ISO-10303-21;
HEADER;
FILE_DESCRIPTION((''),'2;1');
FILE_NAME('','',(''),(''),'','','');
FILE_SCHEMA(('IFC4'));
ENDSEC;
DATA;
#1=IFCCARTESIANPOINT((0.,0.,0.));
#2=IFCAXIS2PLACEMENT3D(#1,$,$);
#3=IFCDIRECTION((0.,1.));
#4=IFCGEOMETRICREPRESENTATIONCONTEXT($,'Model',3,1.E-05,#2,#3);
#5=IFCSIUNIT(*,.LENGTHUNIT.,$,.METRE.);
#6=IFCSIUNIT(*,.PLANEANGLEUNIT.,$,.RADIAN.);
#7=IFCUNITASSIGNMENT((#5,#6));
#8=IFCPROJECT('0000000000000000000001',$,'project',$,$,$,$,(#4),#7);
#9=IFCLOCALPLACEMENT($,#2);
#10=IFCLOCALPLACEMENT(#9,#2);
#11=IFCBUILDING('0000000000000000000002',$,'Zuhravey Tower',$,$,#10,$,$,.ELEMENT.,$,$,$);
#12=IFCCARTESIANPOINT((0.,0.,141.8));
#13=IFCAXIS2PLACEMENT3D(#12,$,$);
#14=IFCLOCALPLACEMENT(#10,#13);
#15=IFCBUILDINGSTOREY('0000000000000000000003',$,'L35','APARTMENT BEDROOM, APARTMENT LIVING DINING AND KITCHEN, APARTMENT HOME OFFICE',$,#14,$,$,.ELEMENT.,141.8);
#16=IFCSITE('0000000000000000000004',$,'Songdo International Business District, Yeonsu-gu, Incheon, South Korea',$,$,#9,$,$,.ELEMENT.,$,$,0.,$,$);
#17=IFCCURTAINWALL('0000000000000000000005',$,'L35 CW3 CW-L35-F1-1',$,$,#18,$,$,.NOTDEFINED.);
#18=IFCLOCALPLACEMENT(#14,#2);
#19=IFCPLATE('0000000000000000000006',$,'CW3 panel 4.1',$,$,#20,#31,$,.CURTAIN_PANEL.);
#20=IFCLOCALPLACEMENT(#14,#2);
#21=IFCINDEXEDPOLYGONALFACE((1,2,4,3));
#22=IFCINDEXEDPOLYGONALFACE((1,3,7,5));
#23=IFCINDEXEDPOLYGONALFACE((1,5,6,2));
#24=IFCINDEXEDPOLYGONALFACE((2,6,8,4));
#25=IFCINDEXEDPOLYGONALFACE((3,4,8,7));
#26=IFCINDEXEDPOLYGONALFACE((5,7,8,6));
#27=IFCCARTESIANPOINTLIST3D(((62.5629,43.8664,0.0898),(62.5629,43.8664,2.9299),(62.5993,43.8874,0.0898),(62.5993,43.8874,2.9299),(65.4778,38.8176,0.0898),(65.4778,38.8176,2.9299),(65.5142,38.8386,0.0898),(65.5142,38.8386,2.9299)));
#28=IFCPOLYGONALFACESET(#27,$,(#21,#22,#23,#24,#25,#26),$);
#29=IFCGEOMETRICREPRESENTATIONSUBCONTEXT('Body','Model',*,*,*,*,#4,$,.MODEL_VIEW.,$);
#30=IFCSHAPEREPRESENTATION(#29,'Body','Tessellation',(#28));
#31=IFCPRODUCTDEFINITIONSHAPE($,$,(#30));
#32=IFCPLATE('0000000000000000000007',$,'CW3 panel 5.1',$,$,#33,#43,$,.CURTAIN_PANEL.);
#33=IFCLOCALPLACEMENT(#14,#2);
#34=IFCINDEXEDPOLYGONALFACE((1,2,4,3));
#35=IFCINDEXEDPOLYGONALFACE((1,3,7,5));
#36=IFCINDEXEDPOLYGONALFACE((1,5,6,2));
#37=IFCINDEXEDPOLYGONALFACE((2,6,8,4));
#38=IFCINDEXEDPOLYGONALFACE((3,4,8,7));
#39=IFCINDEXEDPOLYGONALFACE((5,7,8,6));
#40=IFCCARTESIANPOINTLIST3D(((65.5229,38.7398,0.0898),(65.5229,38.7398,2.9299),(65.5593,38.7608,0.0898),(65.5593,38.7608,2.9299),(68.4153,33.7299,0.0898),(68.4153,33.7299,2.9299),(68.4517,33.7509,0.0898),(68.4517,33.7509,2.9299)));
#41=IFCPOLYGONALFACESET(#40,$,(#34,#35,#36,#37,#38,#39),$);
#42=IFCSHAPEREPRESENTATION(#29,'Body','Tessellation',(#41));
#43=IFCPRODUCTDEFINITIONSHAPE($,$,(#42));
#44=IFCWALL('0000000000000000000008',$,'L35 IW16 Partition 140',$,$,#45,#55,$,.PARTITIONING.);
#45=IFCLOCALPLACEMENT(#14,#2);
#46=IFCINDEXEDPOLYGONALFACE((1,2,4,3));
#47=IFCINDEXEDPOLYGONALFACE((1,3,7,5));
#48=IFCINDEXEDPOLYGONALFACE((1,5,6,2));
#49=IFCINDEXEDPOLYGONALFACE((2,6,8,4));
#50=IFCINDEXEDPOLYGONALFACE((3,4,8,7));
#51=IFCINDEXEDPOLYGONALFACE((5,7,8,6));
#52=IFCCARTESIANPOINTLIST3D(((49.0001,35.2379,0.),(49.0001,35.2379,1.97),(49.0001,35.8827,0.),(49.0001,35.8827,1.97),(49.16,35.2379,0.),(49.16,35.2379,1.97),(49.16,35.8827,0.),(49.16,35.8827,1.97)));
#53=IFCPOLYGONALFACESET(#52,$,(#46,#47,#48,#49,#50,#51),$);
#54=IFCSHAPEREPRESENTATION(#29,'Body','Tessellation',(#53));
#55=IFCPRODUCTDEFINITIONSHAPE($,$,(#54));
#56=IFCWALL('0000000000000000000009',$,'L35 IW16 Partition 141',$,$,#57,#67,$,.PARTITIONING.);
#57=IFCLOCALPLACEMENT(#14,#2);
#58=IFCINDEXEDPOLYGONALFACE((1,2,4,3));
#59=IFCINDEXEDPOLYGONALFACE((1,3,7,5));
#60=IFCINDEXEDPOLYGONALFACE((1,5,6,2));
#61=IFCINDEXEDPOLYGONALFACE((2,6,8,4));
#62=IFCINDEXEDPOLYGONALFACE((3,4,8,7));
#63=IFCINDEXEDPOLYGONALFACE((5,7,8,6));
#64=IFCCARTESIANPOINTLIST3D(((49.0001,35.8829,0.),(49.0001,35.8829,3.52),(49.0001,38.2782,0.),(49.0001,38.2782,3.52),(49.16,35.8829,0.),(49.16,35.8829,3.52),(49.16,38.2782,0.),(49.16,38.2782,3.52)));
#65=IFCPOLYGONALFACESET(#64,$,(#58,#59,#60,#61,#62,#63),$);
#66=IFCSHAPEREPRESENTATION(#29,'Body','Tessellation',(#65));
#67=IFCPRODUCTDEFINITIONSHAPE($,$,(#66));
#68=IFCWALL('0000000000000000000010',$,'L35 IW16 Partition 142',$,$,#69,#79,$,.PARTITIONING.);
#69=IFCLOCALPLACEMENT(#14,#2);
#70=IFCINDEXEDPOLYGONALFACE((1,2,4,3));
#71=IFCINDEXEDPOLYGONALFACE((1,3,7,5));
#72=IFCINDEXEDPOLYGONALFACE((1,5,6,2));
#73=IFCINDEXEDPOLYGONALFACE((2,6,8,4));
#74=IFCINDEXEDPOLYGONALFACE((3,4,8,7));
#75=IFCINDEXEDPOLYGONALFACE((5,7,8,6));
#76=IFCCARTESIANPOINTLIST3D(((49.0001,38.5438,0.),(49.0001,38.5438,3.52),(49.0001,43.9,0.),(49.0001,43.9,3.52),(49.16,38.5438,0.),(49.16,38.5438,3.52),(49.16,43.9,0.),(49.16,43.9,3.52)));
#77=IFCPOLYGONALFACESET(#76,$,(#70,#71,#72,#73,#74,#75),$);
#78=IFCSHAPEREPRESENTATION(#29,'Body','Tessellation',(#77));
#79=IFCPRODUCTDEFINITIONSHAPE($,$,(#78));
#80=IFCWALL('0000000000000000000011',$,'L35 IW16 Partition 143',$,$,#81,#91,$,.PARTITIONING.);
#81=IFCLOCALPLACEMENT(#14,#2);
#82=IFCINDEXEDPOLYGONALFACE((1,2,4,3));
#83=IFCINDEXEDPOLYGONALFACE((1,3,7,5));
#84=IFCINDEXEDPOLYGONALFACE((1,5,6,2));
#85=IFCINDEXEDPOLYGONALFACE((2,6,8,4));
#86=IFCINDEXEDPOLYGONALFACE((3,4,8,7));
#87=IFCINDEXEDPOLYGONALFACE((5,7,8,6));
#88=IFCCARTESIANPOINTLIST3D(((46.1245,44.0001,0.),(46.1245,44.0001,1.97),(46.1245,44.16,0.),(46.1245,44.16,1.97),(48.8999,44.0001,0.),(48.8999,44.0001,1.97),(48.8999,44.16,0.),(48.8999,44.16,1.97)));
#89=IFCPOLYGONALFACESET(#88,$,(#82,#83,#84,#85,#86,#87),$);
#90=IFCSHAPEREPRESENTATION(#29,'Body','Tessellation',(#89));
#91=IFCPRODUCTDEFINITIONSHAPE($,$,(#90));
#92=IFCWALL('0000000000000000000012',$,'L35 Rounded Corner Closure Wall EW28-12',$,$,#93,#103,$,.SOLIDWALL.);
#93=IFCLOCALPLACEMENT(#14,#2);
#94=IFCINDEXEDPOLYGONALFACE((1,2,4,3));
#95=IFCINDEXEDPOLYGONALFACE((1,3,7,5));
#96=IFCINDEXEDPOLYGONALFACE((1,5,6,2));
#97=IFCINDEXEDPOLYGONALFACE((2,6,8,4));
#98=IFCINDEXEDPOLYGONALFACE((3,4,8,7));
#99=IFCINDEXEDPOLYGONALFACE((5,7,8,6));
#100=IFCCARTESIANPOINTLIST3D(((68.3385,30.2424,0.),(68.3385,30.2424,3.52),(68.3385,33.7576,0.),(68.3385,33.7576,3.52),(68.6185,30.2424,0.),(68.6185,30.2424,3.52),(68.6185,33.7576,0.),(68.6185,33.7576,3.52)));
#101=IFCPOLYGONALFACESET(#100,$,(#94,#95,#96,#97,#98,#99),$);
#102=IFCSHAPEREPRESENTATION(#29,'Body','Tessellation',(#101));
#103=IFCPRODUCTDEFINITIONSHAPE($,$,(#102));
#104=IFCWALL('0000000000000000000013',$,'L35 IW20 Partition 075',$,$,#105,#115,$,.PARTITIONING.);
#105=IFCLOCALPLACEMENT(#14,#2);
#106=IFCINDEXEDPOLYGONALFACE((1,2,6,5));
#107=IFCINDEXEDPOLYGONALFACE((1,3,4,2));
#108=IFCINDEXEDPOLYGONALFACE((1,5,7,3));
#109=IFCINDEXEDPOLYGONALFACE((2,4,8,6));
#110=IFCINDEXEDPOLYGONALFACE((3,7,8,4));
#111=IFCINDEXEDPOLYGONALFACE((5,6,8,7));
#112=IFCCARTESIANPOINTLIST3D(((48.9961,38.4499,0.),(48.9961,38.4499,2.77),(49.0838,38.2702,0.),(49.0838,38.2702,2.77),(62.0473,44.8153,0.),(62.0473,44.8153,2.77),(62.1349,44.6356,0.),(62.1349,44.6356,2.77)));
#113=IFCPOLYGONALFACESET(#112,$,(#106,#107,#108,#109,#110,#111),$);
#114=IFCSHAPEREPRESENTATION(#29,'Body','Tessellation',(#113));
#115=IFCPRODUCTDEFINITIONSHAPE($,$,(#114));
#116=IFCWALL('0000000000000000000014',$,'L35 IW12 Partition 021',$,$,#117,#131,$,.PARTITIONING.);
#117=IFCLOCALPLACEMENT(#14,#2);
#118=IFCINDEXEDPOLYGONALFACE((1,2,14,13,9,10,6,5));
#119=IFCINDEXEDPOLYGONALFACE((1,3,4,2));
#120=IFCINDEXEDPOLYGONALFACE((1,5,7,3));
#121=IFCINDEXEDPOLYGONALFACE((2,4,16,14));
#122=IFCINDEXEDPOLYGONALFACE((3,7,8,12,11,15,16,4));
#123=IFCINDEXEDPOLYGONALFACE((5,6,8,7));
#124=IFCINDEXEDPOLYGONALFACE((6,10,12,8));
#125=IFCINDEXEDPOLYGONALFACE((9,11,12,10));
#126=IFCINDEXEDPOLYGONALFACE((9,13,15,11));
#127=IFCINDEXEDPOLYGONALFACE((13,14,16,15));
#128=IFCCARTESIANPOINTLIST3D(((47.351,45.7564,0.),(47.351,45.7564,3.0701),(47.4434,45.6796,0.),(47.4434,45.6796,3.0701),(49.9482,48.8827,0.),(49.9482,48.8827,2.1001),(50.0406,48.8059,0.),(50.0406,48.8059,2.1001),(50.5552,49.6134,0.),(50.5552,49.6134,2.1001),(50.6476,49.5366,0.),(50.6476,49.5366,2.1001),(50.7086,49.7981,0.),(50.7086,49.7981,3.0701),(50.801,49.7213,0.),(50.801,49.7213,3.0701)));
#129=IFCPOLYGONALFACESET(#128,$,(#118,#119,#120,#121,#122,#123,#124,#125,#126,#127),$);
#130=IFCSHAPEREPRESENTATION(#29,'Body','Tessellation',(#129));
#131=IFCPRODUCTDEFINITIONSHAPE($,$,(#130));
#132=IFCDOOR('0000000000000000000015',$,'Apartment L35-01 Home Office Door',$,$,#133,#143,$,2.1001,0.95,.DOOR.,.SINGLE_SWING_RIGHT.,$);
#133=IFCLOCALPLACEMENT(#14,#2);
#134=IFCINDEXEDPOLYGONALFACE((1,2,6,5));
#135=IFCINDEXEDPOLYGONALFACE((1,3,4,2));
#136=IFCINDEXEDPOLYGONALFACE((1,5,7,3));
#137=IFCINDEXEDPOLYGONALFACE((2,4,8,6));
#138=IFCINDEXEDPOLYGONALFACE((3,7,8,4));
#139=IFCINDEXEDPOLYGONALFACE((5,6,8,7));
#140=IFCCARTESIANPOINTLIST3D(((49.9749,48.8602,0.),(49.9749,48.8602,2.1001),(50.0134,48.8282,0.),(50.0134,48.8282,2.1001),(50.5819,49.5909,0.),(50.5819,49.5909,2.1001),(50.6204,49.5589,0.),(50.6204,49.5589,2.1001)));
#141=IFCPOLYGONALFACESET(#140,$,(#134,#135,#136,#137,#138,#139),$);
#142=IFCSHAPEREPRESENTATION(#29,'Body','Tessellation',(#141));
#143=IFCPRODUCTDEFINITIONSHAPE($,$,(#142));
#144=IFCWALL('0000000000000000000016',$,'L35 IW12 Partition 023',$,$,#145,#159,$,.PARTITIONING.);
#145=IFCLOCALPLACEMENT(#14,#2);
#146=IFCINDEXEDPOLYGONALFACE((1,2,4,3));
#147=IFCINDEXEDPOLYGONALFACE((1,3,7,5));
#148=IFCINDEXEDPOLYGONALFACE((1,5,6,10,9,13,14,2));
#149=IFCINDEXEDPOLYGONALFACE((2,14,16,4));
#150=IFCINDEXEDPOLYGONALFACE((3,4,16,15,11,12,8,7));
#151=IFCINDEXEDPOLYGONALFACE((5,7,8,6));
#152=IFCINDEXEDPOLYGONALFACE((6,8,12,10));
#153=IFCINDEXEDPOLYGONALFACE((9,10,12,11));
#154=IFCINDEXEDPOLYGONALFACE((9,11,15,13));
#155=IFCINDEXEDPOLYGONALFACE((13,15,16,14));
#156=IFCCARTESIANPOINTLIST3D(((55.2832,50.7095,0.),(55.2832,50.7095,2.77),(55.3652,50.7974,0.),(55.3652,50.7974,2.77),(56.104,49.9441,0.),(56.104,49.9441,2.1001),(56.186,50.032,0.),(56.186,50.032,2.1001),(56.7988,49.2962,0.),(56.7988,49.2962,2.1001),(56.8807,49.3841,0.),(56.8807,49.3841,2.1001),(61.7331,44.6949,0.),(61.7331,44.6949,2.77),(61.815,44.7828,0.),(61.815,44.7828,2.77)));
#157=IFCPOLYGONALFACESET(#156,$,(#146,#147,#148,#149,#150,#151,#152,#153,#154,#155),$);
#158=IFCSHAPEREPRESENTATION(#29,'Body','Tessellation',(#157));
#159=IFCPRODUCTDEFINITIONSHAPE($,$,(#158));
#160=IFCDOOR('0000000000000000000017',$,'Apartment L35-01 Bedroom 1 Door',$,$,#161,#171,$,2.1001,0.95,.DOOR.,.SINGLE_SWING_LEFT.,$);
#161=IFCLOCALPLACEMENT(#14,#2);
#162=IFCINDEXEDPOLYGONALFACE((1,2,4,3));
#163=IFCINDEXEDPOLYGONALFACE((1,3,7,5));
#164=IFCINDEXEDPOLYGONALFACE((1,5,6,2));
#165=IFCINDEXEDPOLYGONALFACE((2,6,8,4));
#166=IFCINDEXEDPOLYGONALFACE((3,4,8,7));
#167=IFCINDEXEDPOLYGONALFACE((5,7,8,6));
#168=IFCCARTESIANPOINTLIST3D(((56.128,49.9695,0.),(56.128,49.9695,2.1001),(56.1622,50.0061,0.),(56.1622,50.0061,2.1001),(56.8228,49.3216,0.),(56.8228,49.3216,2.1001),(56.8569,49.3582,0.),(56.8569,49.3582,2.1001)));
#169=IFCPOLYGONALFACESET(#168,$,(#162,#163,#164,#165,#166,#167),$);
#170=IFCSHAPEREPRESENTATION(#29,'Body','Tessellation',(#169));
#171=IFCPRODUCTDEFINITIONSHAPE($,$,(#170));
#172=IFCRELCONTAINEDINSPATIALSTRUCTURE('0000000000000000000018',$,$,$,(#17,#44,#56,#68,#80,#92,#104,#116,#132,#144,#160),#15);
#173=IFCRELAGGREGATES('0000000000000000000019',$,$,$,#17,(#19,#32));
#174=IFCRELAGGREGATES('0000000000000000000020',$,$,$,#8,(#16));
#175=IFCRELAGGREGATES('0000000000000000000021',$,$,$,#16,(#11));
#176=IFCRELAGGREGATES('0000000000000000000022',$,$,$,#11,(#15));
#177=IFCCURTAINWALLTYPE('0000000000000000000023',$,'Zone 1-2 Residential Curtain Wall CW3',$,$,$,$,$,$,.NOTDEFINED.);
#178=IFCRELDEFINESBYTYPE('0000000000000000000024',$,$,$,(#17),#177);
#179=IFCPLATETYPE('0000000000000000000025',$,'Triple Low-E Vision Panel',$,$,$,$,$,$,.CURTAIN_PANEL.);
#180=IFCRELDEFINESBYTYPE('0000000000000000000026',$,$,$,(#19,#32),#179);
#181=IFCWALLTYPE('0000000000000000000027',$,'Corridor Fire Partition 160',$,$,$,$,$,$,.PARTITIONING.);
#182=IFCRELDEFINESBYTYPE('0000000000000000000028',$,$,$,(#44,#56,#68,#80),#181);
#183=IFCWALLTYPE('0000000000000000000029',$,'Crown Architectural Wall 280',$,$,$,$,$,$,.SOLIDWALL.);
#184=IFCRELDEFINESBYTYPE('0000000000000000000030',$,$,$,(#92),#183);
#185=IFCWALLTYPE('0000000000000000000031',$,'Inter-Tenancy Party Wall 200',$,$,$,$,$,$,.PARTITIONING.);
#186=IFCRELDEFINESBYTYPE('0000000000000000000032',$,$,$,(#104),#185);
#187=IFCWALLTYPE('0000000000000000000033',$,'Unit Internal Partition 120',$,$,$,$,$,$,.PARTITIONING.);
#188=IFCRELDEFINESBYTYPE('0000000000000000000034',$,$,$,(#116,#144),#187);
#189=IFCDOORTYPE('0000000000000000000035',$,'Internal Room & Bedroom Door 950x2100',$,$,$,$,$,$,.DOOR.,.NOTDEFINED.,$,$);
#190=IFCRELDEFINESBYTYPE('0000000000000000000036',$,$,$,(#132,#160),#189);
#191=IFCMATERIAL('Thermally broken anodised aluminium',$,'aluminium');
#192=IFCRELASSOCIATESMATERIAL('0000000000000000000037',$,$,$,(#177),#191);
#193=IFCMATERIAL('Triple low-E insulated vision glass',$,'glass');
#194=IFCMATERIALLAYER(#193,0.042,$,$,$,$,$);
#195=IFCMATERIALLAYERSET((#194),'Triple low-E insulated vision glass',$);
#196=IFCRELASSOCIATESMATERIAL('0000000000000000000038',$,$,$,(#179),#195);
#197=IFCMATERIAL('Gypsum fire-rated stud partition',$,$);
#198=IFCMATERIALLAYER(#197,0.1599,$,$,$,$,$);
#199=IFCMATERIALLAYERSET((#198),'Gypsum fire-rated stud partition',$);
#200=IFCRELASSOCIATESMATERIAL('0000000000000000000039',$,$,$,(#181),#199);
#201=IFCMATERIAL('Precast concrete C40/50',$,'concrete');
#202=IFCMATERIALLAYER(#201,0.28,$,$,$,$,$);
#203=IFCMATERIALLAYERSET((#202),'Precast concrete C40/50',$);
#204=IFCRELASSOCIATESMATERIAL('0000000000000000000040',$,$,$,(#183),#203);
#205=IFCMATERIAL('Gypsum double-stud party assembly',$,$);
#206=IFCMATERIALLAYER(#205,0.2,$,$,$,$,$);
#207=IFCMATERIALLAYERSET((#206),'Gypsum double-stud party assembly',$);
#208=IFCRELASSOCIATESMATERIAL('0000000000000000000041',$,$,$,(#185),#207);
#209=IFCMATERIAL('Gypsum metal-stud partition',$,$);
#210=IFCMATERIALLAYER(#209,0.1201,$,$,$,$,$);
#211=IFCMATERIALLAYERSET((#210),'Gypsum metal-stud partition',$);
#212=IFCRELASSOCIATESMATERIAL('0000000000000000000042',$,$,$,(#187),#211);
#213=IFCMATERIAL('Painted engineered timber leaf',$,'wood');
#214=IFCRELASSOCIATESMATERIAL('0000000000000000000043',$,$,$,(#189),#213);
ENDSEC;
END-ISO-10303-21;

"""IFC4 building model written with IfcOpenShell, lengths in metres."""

from ifc_helpers import new_model, si_unit, direction, frame, frame_2d, origin, origin_2d, place, context, subcontext, project, spatial, rectangle, extrude, material, layer, layer_set, type_object, element, fill, aggregate, save


model = new_model("IFC4")

# Units and contexts
model_context = context("Model", 3, precision=1e-05, world=origin(), true_north=direction((0.0, 1.0)))
body_context = subcontext(model_context, "Body", "Model", "MODEL_VIEW")
ifc_project = project(units=[si_unit("LENGTHUNIT", "METRE"), si_unit("PLANEANGLEUNIT", "RADIAN")], contexts=[model_context])

# Site, building, storey
site_placement = place(None, origin())
site = spatial("IfcSite", under=ifc_project, at=site_placement, Name="Songdo International Business District, Yeonsu-gu, Incheon, South Korea", CompositionType="ELEMENT", RefElevation=0.0)
building_placement = place(site_placement, origin())
building = spatial("IfcBuilding", under=site, at=building_placement, Name="Zuhravey Tower", CompositionType="ELEMENT")
storey_placement = place(building_placement, frame((0.0, 0.0, 141.8)))
storey = spatial("IfcBuildingStorey", under=building, at=storey_placement, Name="L35", Description="APARTMENT BEDROOM, APARTMENT LIVING DINING AND KITCHEN, APARTMENT HOME OFFICE", CompositionType="ELEMENT", Elevation=141.8)

# Curtain wall
ifc_material_1 = material(Name="Thermally broken anodised aluminium", Category="aluminium")
curtain_wall_type = type_object("IfcCurtainWallType", Name="Zone 1-2 Residential Curtain Wall CW3", PredefinedType="NOTDEFINED", material=ifc_material_1)
curtain_wall_placement = place(storey_placement, origin())
curtain_wall = element("IfcCurtainWall", 1, at=curtain_wall_placement, inside=storey, type_object=curtain_wall_type, Name="L35 CW3 CW-L35-F1-1", PredefinedType="NOTDEFINED")

# Plates
ifc_material_2 = material(Name="Triple low-E insulated vision glass", Category="glass")
ifc_layer_1 = layer(ifc_material_2, 0.042)
ifc_layer_set_1 = layer_set([ifc_layer_1], Name="Triple low-E insulated vision glass")
plate_type_1 = type_object("IfcPlateType", Name="Triple Low-E Vision Panel", PredefinedType="CURTAIN_PANEL", material=ifc_layer_set_1)
plate_1_placement = place(storey_placement, frame((64.0386, 41.3525, 0.0898), z_axis=(0.0, 0.0, 1.0), x_axis=(0.5, -0.866026, 0.0)))
plate_1 = element("IfcPlate", 2, at=plate_1_placement, type_object=plate_type_1, Name="CW3 panel 4.1", PredefinedType="CURTAIN_PANEL", context=body_context, shape_type="SweptSolid", body=[
    extrude(rectangle(XDim=5.8298, YDim=0.042, at=origin_2d()), origin(), (0.0, 0.0, 1.0), 2.8401),
])
plate_2_placement = place(storey_placement, frame((66.9873, 36.2454, 0.0898), z_axis=(0.0, 0.0, 1.0), x_axis=(0.5, -0.866026, 0.0)))
plate_2 = element("IfcPlate", 3, at=plate_2_placement, type_object=plate_type_1, Name="CW3 panel 5.1", PredefinedType="CURTAIN_PANEL", context=body_context, shape_type="SweptSolid", body=[
    extrude(rectangle(XDim=5.7849, YDim=0.042, at=origin_2d()), origin(), (0.0, 0.0, 1.0), 2.8401),
])
aggregate(curtain_wall, [plate_1, plate_2])

# Walls
ifc_material_3 = material(Name="Gypsum fire-rated stud partition")
ifc_layer_2 = layer(ifc_material_3, 0.1599)
ifc_layer_set_2 = layer_set([ifc_layer_2], Name="Gypsum fire-rated stud partition")
wall_type_1 = type_object("IfcWallType", Name="Corridor Fire Partition 160", PredefinedType="PARTITIONING", material=ifc_layer_set_2)
wall_1_placement = place(storey_placement, frame((49.0801, 35.238, 0.0), z_axis=(0.0, 0.0, 1.0), x_axis=(0.0, 1.0, 0.0)))
element("IfcWall", 4, at=wall_1_placement, inside=storey, type_object=wall_type_1, Name="L35 IW16 Partition 140", PredefinedType="PARTITIONING", context=body_context, shape_type="SweptSolid", body=[
    extrude(rectangle(XDim=0.6448, YDim=0.1599, at=frame_2d((0.3223, 0.0))), origin(), (0.0, 0.0, 1.0), 1.97),
])
wall_2_placement = place(storey_placement, frame((49.0801, 35.8828, 0.0), z_axis=(0.0, 0.0, 1.0), x_axis=(0.0, 1.0, 0.0)))
element("IfcWall", 5, at=wall_2_placement, inside=storey, type_object=wall_type_1, Name="L35 IW16 Partition 141", PredefinedType="PARTITIONING", context=body_context, shape_type="SweptSolid", body=[
    extrude(rectangle(XDim=2.3953, YDim=0.1599, at=frame_2d((1.1978, 0.0))), origin(), (0.0, 0.0, 1.0), 3.52),
])
wall_3_placement = place(storey_placement, frame((49.0801, 38.5437, 0.0), z_axis=(0.0, 0.0, 1.0), x_axis=(0.0, 1.0, 0.0)))
element("IfcWall", 6, at=wall_3_placement, inside=storey, type_object=wall_type_1, Name="L35 IW16 Partition 142", PredefinedType="PARTITIONING", context=body_context, shape_type="SweptSolid", body=[
    extrude(rectangle(XDim=5.3562, YDim=0.1599, at=frame_2d((2.6782, 0.0))), origin(), (0.0, 0.0, 1.0), 3.52),
])
wall_4_placement = place(storey_placement, frame((48.8999, 44.0801, 0.0), z_axis=(0.0, 0.0, 1.0), x_axis=(-1.0, 0.0, 0.0)))
element("IfcWall", 7, at=wall_4_placement, inside=storey, type_object=wall_type_1, Name="L35 IW16 Partition 143", PredefinedType="PARTITIONING", context=body_context, shape_type="SweptSolid", body=[
    extrude(rectangle(XDim=2.7754, YDim=0.1599, at=frame_2d((1.3877, 0.0))), origin(), (0.0, 0.0, 1.0), 1.97),
])
ifc_material_4 = material(Name="Precast concrete C40/50", Category="concrete")
ifc_layer_3 = layer(ifc_material_4, 0.28)
ifc_layer_set_3 = layer_set([ifc_layer_3], Name="Precast concrete C40/50")
wall_type_2 = type_object("IfcWallType", Name="Crown Architectural Wall 280", PredefinedType="SOLIDWALL", material=ifc_layer_set_3)
wall_5_placement = place(storey_placement, frame((68.4785, 33.7576, 0.0), z_axis=(0.0, 0.0, 1.0), x_axis=(0.0, -1.0, 0.0)))
element("IfcWall", 8, at=wall_5_placement, inside=storey, type_object=wall_type_2, Name="L35 Rounded Corner Closure Wall EW28-12", PredefinedType="SOLIDWALL", context=body_context, shape_type="SweptSolid", body=[
    extrude(rectangle(XDim=3.5151, YDim=0.28, at=frame_2d((1.7576, 0.0))), origin(), (0.0, 0.0, 1.0), 3.52),
])
ifc_material_5 = material(Name="Gypsum double-stud party assembly")
ifc_layer_4 = layer(ifc_material_5, 0.2)
ifc_layer_set_4 = layer_set([ifc_layer_4], Name="Gypsum double-stud party assembly")
wall_type_3 = type_object("IfcWallType", Name="Inter-Tenancy Party Wall 200", PredefinedType="PARTITIONING", material=ifc_layer_set_4)
wall_6_placement = place(storey_placement, frame((49.04, 38.3601, 0.0), z_axis=(0.0, 0.0, 1.0), x_axis=(0.898795, 0.438368, 0.0)))
element("IfcWall", 9, at=wall_6_placement, inside=storey, type_object=wall_type_3, Name="L35 IW20 Partition 075", PredefinedType="PARTITIONING", context=body_context, shape_type="SweptSolid", body=[
    extrude(rectangle(XDim=14.5208, YDim=0.2, at=frame_2d((7.2603, 0.0))), origin(), (0.0, 0.0, 1.0), 2.77),
])

# Walls, openings, doors
ifc_material_6 = material(Name="Gypsum metal-stud partition")
ifc_layer_5 = layer(ifc_material_6, 0.1201)
ifc_layer_set_5 = layer_set([ifc_layer_5], Name="Gypsum metal-stud partition")
wall_type_4 = type_object("IfcWallType", Name="Unit Internal Partition 120", PredefinedType="PARTITIONING", material=ifc_layer_set_5)
wall_7_placement = place(storey_placement, frame((47.3972, 45.718, 0.0), z_axis=(0.0, 0.0, 1.0), x_axis=(0.639009, 0.769199, 0.0)))
wall_7 = element("IfcWall", 10, at=wall_7_placement, inside=storey, type_object=wall_type_4, Name="L35 IW12 Partition 021", PredefinedType="PARTITIONING", context=body_context, shape_type="SweptSolid", body=[
    extrude(rectangle(XDim=5.2544, YDim=0.1201, at=frame_2d((2.6272, 0.0))), origin(), (0.0, 0.0, 1.0), 3.0701),
])
opening_1_placement = place(wall_7_placement, frame((4.0642, 0.0, 0.0)))
opening_1 = element("IfcOpeningElement", 11, at=opening_1_placement, cuts=wall_7, PredefinedType="OPENING", context=body_context, shape_type="SweptSolid", body=[
    extrude(rectangle(XDim=0.95, YDim=2.1001, at=frame_2d((0.4751, 1.05))), frame((0.0, 0.072, 0.0), z_axis=(0.0, -1.0, 0.0), x_axis=(1.0, 0.0, 0.0)), (0.0, 0.0, 1.0), 0.144),
])
ifc_material_7 = material(Name="Painted engineered timber leaf", Category="wood")
door_type = type_object("IfcDoorType", Name="Internal Room & Bedroom Door 950x2100", OperationType="NOTDEFINED", PredefinedType="DOOR", material=ifc_material_7)
door_1_placement = place(opening_1_placement, frame((0.95, 0.0, 0.0), z_axis=(0.0, 0.0, 1.0), x_axis=(-1.0, 0.0, 0.0)))
door_1 = element("IfcDoor", 12, at=door_1_placement, inside=storey, type_object=door_type, Name="Apartment L35-01 Home Office Door", OperationType="SINGLE_SWING_RIGHT", OverallHeight=2.1001, OverallWidth=0.95, PredefinedType="DOOR", context=body_context, shape_type="SweptSolid", body=[
    extrude(rectangle(XDim=0.95, YDim=2.1001, at=frame_2d((0.4751, 1.05))), frame((0.0, 0.0249, 0.0), z_axis=(0.0, -1.0, 0.0), x_axis=(1.0, 0.0, 0.0)), (0.0, 0.0, 1.0), 0.05),
])
fill(opening_1, door_1)
wall_8_placement = place(storey_placement, frame((61.7742, 44.7388, 0.0), z_axis=(0.0, 0.0, 1.0), x_axis=(-0.731355, 0.681997, 0.0)))
wall_8 = element("IfcWall", 13, at=wall_8_placement, inside=storey, type_object=wall_type_4, Name="L35 IW12 Partition 023", PredefinedType="PARTITIONING", context=body_context, shape_type="SweptSolid", body=[
    extrude(rectangle(XDim=8.8191, YDim=0.1201, at=frame_2d((4.4097, 0.0))), origin(), (0.0, 0.0, 1.0), 2.77),
])
opening_2_placement = place(wall_8_placement, frame((6.7468, 0.0, 0.0)))
opening_2 = element("IfcOpeningElement", 14, at=opening_2_placement, cuts=wall_8, PredefinedType="OPENING", context=body_context, shape_type="SweptSolid", body=[
    extrude(rectangle(XDim=0.95, YDim=2.1001, at=frame_2d((0.4751, 1.05))), frame((0.0, 0.072, 0.0), z_axis=(0.0, -1.0, 0.0), x_axis=(1.0, 0.0, 0.0)), (0.0, 0.0, 1.0), 0.144),
])
door_2_placement = place(opening_2_placement, frame((0.95, 0.0, 0.0), z_axis=(0.0, 0.0, 1.0), x_axis=(-1.0, 0.0, 0.0)))
door_2 = element("IfcDoor", 15, at=door_2_placement, inside=storey, type_object=door_type, Name="Apartment L35-01 Bedroom 1 Door", OperationType="SINGLE_SWING_LEFT", OverallHeight=2.1001, OverallWidth=0.95, PredefinedType="DOOR", context=body_context, shape_type="SweptSolid", body=[
    extrude(rectangle(XDim=0.95, YDim=2.1001, at=frame_2d((0.4751, 1.05))), frame((0.0, 0.0249, 0.0), z_axis=(0.0, -1.0, 0.0), x_axis=(1.0, 0.0, 0.0)), (0.0, 0.0, 1.0), 0.05),
])
fill(opening_2, door_2)

save(model, "model.ifc")
